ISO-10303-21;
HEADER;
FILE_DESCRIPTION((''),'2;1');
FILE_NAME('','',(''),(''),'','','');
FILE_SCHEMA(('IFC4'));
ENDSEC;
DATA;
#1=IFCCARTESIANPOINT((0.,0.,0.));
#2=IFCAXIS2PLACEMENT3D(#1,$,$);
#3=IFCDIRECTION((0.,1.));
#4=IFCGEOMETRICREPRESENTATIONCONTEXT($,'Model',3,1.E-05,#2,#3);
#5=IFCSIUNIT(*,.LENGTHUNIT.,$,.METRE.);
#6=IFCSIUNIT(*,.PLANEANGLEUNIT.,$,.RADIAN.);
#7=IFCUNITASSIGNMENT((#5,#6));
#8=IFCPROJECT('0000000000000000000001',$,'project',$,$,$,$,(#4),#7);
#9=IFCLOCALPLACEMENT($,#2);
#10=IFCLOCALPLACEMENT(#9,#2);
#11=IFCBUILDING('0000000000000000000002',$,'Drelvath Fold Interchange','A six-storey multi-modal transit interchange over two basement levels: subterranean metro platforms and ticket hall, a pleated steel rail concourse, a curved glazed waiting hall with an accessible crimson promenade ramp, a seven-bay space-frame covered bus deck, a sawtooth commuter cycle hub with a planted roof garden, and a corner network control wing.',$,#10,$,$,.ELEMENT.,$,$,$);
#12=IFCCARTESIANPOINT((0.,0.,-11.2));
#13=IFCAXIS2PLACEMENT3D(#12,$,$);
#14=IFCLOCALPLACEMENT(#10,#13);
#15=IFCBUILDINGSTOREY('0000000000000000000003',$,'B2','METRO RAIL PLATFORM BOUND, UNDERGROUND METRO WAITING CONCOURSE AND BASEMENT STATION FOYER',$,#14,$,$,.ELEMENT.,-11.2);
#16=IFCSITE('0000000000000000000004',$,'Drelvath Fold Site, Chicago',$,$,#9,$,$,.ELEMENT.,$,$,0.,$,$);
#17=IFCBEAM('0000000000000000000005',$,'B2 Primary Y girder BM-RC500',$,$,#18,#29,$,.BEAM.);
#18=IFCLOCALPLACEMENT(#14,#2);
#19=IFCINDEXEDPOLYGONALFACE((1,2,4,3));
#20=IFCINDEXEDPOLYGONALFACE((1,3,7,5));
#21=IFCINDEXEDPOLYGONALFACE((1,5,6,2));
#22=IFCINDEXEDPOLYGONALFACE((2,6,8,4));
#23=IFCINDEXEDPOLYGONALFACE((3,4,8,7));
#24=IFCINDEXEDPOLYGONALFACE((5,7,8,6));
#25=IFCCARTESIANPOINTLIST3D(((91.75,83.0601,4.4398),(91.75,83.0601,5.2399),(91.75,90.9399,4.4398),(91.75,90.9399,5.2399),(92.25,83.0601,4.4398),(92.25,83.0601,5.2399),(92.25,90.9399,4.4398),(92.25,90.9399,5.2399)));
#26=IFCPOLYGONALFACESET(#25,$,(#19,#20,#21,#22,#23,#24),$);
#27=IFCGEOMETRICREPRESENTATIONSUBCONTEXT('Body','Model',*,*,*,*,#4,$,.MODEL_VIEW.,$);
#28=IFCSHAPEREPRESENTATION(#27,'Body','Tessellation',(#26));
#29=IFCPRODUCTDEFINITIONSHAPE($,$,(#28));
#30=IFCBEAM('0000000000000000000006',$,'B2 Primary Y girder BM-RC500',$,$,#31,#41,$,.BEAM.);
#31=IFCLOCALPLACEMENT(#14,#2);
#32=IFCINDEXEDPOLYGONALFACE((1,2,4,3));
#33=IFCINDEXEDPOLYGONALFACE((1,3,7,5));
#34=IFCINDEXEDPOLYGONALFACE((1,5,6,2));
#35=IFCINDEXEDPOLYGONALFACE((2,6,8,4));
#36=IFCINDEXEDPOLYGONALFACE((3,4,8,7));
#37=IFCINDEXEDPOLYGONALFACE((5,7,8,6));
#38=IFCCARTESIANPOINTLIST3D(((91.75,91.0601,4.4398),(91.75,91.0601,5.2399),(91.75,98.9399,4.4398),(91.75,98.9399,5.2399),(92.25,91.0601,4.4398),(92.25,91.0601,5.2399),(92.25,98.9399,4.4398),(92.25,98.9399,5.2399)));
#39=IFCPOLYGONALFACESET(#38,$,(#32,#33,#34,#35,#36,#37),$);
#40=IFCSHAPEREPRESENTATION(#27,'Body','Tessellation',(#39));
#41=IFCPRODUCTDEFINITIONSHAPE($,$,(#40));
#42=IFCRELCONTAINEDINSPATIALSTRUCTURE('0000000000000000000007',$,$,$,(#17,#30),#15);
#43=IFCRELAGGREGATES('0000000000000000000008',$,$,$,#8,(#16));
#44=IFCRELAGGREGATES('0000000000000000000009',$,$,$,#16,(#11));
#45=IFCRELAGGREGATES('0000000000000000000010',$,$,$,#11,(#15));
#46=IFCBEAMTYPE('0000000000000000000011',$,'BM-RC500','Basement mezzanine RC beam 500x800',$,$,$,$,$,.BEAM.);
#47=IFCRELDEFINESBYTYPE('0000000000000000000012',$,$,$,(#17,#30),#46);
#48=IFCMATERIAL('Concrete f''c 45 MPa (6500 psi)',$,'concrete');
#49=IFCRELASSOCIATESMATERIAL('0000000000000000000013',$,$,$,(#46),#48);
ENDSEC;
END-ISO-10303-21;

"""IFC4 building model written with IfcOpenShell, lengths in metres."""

from ifc_helpers import new_model, si_unit, direction, frame, origin, origin_2d, place, context, subcontext, project, spatial, rectangle, extrude, material, material_profile, profile_set, type_object, element, save


model = new_model("IFC4")

# Units and contexts
model_context = context("Model", 3, precision=1e-05, world=origin(), true_north=direction((0.0, 1.0)))
body_context = subcontext(model_context, "Body", "Model", "MODEL_VIEW")
ifc_project = project(units=[si_unit("LENGTHUNIT", "METRE"), si_unit("PLANEANGLEUNIT", "RADIAN")], contexts=[model_context])

# Site, building, storey
site_placement = place(None, origin())
site = spatial("IfcSite", under=ifc_project, at=site_placement, Name="Drelvath Fold Site, Chicago", CompositionType="ELEMENT", RefElevation=0.0)
building_placement = place(site_placement, origin())
building = spatial("IfcBuilding", under=site, at=building_placement, Name="Drelvath Fold Interchange", Description="A six-storey multi-modal transit interchange over two basement levels: subterranean metro platforms and ticket hall, a pleated steel rail concourse, a curved glazed waiting hall with an accessible crimson promenade ramp, a seven-bay space-frame covered bus deck, a sawtooth commuter cycle hub with a planted roof garden, and a corner network control wing.", CompositionType="ELEMENT")
storey_placement = place(building_placement, frame((0.0, 0.0, -11.2)))
storey = spatial("IfcBuildingStorey", under=building, at=storey_placement, Name="B2", Description="METRO RAIL PLATFORM BOUND, UNDERGROUND METRO WAITING CONCOURSE AND BASEMENT STATION FOYER", CompositionType="ELEMENT", Elevation=-11.2)

# Beams
ifc_material_1 = material(Name="Concrete f'c 45 MPa (6500 psi)", Category="concrete")
ifc_material_profile_1 = material_profile(ifc_material_1, rectangle(XDim=0.5, YDim=0.8, at=origin_2d()), Name="RC 500x800")
ifc_profile_set_1 = profile_set([ifc_material_profile_1], Name="Concrete f'c 45 MPa (6500 psi)")
beam_type_1 = type_object("IfcBeamType", Name="BM-RC500", Description="Basement mezzanine RC beam 500x800", PredefinedType="BEAM", material=ifc_profile_set_1)
for number, where, z_axis, x_axis, name in (
    (1, (92.0, 83.0601, 4.8398), (0.0, 1.0, 0.0), (-1.0, 0.0, 0.0), "B2 Primary Y girder BM-RC500"),
    (2, (92.0, 91.0601, 4.8398), (0.0, 1.0, 0.0), (-1.0, 0.0, 0.0), "B2 Primary Y girder BM-RC500"),
):
    element("IfcBeam", number, at=place(storey_placement, frame(where, z_axis=z_axis, x_axis=x_axis)), inside=storey, type_object=beam_type_1, Name=name, PredefinedType="BEAM", context=body_context, shape_type="SweptSolid", body=[
        extrude(rectangle(XDim=0.5, YDim=0.8, at=origin_2d()), origin(), (0.0, 0.0, 1.0), 7.8799),
    ])

save(model, "model.ifc")
